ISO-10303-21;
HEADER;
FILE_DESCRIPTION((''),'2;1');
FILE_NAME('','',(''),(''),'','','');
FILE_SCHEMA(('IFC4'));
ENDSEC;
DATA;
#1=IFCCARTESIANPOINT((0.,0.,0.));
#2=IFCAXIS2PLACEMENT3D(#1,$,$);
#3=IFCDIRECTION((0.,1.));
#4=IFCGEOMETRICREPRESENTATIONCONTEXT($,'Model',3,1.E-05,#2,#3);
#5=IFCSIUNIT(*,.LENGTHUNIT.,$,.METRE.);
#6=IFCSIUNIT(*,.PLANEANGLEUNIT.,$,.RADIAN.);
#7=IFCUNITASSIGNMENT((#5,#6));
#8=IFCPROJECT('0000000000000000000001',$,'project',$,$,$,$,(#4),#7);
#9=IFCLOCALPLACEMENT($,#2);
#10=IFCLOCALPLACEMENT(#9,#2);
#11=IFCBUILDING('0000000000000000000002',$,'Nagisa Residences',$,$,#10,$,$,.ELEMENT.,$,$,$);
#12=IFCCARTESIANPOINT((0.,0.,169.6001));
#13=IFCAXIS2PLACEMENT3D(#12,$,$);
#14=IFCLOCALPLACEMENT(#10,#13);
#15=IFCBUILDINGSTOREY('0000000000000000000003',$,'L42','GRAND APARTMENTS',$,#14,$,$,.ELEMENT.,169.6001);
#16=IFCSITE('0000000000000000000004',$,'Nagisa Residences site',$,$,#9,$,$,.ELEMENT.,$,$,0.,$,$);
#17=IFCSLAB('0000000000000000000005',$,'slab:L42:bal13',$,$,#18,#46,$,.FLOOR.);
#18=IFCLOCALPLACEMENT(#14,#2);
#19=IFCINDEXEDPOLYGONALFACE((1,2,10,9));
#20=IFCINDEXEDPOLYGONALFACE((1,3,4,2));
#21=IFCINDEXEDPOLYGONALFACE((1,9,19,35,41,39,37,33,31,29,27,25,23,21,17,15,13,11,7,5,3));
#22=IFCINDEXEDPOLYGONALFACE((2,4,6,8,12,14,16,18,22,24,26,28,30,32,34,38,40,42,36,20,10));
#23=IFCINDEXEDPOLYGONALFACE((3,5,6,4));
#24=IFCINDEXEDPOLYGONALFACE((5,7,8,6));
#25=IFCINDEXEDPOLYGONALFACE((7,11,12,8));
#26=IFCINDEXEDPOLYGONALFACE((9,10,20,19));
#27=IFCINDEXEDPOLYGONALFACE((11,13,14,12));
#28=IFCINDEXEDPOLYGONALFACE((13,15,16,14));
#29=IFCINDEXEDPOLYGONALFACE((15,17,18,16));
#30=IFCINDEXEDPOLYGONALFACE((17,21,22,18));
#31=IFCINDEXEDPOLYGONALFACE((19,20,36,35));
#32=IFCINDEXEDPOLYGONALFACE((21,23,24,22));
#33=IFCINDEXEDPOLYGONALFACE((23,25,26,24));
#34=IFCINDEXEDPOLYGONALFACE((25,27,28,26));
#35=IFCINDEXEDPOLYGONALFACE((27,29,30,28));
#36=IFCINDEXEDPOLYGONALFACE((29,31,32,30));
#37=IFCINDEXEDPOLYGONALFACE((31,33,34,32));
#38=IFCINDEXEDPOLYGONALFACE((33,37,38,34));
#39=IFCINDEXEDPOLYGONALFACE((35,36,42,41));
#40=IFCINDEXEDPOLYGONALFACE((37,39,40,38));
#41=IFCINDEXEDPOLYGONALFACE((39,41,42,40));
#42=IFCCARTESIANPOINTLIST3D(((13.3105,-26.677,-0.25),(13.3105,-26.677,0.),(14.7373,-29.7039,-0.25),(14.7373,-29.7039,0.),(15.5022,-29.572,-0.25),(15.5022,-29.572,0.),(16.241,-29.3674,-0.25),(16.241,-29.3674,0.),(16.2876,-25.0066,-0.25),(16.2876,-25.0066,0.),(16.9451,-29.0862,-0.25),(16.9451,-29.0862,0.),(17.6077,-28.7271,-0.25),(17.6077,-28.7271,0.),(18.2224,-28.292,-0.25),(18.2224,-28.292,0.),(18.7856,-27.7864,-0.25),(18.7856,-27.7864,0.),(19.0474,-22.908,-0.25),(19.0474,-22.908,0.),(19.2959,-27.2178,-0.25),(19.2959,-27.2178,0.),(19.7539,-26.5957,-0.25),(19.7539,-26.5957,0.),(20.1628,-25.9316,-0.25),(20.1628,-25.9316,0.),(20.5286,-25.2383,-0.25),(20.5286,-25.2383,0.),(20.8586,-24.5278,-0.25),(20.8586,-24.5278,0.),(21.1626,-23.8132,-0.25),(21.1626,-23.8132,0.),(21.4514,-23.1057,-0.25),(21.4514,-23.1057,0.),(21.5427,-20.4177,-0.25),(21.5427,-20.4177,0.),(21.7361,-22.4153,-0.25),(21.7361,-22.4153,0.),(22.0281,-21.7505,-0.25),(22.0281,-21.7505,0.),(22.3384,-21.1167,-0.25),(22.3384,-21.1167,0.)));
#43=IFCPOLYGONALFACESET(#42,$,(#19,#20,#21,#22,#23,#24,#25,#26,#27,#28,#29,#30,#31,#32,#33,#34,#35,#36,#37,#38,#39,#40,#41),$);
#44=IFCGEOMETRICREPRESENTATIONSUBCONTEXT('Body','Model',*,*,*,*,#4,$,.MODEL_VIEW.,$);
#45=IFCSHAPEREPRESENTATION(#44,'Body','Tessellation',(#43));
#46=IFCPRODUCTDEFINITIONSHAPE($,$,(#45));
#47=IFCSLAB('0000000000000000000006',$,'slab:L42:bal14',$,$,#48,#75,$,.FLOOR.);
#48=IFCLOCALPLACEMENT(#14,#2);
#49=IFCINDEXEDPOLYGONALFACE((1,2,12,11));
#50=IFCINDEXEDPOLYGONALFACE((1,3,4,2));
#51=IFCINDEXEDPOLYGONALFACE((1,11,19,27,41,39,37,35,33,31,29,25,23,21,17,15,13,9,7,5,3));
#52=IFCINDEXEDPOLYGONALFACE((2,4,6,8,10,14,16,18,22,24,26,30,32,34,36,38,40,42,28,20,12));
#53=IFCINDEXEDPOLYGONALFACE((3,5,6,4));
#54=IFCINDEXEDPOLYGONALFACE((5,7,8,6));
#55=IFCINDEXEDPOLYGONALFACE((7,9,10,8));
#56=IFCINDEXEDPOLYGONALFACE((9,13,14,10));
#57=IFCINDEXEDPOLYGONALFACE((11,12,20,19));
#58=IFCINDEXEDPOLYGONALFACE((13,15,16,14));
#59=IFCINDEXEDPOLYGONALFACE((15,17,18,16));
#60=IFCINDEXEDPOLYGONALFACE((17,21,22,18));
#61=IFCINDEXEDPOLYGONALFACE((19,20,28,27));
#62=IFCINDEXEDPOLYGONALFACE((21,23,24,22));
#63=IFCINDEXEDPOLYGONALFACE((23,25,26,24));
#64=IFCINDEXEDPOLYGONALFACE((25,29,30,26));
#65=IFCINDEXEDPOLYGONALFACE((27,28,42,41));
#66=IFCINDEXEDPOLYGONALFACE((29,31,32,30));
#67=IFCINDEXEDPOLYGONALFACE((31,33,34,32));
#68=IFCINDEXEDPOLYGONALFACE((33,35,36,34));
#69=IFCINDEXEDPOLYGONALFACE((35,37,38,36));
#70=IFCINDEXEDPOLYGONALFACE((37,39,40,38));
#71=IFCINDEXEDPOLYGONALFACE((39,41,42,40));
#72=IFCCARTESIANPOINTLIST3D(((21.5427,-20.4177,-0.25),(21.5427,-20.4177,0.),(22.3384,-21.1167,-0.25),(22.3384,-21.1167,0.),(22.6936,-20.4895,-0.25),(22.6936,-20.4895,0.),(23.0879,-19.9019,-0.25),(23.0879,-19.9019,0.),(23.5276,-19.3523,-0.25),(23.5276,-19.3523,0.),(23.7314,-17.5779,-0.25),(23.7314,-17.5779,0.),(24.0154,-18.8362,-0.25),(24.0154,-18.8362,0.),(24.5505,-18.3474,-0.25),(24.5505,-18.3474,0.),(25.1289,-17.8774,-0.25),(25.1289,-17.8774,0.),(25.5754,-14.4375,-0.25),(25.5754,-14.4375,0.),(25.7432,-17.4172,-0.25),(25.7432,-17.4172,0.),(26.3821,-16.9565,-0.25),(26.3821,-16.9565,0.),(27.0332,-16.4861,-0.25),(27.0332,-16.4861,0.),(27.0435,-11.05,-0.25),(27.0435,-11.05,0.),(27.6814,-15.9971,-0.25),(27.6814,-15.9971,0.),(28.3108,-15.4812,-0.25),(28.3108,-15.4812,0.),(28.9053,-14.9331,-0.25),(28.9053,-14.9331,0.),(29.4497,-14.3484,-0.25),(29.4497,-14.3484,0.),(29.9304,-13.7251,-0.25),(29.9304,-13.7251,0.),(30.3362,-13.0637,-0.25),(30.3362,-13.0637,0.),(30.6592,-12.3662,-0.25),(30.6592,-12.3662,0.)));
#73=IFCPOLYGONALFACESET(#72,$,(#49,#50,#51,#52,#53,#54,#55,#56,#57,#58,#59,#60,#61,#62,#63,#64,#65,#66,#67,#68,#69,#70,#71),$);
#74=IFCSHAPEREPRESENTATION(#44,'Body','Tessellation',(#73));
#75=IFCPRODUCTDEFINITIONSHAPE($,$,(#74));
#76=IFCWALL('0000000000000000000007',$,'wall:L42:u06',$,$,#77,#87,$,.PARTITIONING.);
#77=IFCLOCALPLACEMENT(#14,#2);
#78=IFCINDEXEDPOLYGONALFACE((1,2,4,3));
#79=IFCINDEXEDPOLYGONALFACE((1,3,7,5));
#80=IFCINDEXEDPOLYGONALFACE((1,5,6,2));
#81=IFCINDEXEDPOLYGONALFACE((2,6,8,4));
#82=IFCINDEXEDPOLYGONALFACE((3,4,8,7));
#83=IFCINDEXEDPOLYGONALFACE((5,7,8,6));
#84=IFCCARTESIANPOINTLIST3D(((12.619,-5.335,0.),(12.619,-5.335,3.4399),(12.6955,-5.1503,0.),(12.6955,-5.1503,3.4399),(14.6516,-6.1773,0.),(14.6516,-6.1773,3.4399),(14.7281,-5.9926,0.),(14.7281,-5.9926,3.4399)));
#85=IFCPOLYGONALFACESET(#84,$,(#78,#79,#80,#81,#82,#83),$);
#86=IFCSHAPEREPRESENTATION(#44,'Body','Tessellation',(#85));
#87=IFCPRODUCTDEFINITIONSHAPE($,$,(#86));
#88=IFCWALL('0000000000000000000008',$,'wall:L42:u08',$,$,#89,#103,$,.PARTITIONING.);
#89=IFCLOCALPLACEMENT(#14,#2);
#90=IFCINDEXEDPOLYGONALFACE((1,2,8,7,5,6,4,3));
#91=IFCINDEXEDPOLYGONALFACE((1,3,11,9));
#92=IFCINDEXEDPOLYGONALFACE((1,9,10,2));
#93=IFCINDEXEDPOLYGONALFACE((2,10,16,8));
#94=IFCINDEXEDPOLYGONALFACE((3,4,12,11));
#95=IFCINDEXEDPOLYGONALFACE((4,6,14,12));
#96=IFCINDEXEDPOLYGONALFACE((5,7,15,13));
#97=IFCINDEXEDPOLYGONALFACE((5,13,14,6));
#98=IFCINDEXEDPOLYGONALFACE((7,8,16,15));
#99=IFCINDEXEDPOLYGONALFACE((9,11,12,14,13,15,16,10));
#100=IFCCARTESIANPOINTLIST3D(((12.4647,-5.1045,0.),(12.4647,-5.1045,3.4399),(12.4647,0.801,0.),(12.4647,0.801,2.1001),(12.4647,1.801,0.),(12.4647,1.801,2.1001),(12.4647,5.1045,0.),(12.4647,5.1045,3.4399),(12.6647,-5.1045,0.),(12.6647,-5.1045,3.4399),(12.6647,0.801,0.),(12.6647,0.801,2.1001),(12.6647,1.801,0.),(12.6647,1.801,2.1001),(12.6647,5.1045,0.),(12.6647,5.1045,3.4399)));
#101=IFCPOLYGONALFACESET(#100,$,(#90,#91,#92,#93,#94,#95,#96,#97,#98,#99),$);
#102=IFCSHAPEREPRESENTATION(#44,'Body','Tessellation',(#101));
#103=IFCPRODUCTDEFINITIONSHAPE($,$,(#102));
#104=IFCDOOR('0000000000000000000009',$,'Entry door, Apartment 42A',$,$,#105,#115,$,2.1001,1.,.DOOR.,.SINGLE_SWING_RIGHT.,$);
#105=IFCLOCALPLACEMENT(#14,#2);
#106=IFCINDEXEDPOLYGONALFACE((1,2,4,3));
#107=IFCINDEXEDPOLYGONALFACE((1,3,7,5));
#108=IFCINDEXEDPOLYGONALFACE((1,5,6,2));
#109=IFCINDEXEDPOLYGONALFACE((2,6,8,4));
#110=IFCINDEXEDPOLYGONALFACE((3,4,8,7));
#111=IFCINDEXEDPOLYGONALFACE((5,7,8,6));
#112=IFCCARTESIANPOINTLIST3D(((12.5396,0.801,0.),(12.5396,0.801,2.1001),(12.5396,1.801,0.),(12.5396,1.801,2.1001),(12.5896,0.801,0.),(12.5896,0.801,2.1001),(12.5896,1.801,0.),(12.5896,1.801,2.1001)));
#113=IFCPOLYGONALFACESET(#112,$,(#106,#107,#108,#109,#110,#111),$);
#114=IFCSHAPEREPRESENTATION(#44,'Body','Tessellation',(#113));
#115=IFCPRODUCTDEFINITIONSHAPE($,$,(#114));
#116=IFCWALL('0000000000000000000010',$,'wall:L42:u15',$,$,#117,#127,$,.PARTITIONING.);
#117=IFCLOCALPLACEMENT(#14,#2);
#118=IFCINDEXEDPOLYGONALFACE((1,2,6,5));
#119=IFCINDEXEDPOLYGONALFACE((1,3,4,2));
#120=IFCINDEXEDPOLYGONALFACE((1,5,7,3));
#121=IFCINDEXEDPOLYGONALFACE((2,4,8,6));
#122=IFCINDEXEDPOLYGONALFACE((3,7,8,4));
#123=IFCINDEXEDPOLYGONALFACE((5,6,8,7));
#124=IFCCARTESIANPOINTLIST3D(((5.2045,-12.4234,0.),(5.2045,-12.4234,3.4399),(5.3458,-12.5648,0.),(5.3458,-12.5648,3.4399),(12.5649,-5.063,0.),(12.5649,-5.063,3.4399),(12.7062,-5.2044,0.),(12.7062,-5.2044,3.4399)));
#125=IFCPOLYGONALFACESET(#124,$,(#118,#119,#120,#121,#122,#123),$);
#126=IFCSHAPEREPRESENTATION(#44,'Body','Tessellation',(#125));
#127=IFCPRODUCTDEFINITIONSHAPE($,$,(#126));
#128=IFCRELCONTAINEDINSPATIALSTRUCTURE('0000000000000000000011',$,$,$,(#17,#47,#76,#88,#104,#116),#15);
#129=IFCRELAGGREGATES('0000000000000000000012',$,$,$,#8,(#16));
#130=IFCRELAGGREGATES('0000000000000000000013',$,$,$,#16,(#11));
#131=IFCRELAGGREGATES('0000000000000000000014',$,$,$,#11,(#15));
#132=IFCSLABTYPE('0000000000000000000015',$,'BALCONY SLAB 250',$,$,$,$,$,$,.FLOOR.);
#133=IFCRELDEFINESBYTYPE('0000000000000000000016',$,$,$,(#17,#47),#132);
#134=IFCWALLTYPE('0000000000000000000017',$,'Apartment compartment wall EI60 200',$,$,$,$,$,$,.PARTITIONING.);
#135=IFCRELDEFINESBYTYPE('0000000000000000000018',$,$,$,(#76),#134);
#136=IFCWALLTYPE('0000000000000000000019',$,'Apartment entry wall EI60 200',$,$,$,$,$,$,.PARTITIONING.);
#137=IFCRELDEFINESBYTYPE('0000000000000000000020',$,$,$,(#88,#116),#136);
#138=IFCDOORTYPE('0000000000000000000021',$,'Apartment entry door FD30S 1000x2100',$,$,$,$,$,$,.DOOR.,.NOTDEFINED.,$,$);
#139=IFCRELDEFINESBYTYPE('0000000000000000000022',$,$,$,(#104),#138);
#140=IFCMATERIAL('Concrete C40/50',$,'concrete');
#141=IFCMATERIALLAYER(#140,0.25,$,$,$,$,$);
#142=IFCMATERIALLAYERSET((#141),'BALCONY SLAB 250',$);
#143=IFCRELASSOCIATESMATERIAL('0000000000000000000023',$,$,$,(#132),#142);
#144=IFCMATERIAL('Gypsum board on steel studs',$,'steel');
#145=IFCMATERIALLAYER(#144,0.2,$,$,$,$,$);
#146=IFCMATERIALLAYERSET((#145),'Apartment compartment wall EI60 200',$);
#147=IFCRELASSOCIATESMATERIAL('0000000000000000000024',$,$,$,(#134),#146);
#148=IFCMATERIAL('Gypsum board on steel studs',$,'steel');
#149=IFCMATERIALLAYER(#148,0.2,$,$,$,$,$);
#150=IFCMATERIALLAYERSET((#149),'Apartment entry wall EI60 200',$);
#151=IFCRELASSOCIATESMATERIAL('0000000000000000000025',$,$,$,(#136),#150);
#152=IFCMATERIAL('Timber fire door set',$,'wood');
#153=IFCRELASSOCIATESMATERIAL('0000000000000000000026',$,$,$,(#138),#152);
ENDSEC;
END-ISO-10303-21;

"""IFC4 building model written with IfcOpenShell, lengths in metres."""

from ifc_helpers import new_model, si_unit, direction, frame, frame_2d, origin, place, context, subcontext, project, spatial, polyline, rectangle, outline, extrude, material, layer, layer_set, type_object, element, fill, save


model = new_model("IFC4")

# Units and contexts
model_context = context("Model", 3, precision=1e-05, world=origin(), true_north=direction((0.0, 1.0)))
body_context = subcontext(model_context, "Body", "Model", "MODEL_VIEW")
ifc_project = project(units=[si_unit("LENGTHUNIT", "METRE"), si_unit("PLANEANGLEUNIT", "RADIAN")], contexts=[model_context])

# Site, building, storey
site_placement = place(None, origin())
site = spatial("IfcSite", under=ifc_project, at=site_placement, Name="Nagisa Residences site", CompositionType="ELEMENT", RefElevation=0.0)
building_placement = place(site_placement, origin())
building = spatial("IfcBuilding", under=site, at=building_placement, Name="Nagisa Residences", CompositionType="ELEMENT")
storey_placement = place(building_placement, frame((0.0, 0.0, 169.6001)))
storey = spatial("IfcBuildingStorey", under=building, at=storey_placement, Name="L42", Description="GRAND APARTMENTS", CompositionType="ELEMENT", Elevation=169.6001)

# Slabs
ifc_material_1 = material(Name="Concrete C40/50", Category="concrete")
ifc_layer_1 = layer(ifc_material_1, 0.25)
ifc_layer_set_1 = layer_set([ifc_layer_1], Name="BALCONY SLAB 250")
slab_type = type_object("IfcSlabType", Name="BALCONY SLAB 250", PredefinedType="FLOOR", material=ifc_layer_set_1)
slab_1_placement = place(storey_placement, frame((0.0, 0.0, -0.25)))
element("IfcSlab", 1, at=slab_1_placement, inside=storey, type_object=slab_type, Name="slab:L42:bal13", PredefinedType="FLOOR", context=body_context, shape_type="SweptSolid", body=[
    extrude(outline(polyline([(14.7373, -29.7039), (15.5022, -29.572), (16.241, -29.3674), (16.9451, -29.0862), (17.6077, -28.7271), (18.2224, -28.292), (18.7856, -27.7864), (19.2959, -27.2178), (19.7539, -26.5957), (20.1628, -25.9316), (20.5286, -25.2383), (20.8586, -24.5278), (21.1626, -23.8132), (21.4514, -23.1057), (21.7361, -22.4153), (22.0281, -21.7505), (22.3384, -21.1167), (21.5427, -20.4177), (19.0474, -22.908), (16.2876, -25.0066), (13.3105, -26.677), (14.7373, -29.7039)])), origin(), (0.0, 0.0, 1.0), 0.25),
])
slab_2_placement = place(storey_placement, frame((0.0, 0.0, -0.25)))
element("IfcSlab", 2, at=slab_2_placement, inside=storey, type_object=slab_type, Name="slab:L42:bal14", PredefinedType="FLOOR", context=body_context, shape_type="SweptSolid", body=[
    extrude(outline(polyline([(22.3384, -21.1167), (22.6936, -20.4895), (23.0879, -19.9019), (23.5276, -19.3523), (24.0154, -18.8362), (24.5505, -18.3474), (25.1289, -17.8774), (25.7432, -17.4172), (26.3821, -16.9565), (27.0332, -16.4861), (27.6814, -15.9971), (28.3108, -15.4812), (28.9053, -14.9331), (29.4497, -14.3484), (29.9304, -13.7251), (30.3362, -13.0637), (30.6592, -12.3662), (27.0435, -11.05), (25.5754, -14.4375), (23.7314, -17.5779), (21.5427, -20.4177), (22.3384, -21.1167)])), origin(), (0.0, 0.0, 1.0), 0.25),
])

# Wall
ifc_material_2 = material(Name="Gypsum board on steel studs", Category="steel")
ifc_layer_2 = layer(ifc_material_2, 0.2)
ifc_layer_set_2 = layer_set([ifc_layer_2], Name="Apartment compartment wall EI60 200")
wall_type_1 = type_object("IfcWallType", Name="Apartment compartment wall EI60 200", PredefinedType="PARTITIONING", material=ifc_layer_set_2)
wall_1_placement = place(storey_placement, frame((12.6572, -5.2427, 0.0), z_axis=(0.0, 0.0, 1.0), x_axis=(0.92383, -0.382803, 0.0)))
element("IfcWall", 3, at=wall_1_placement, inside=storey, type_object=wall_type_1, Name="wall:L42:u06", PredefinedType="PARTITIONING", context=body_context, shape_type="SweptSolid", body=[
    extrude(rectangle(XDim=2.2002, YDim=0.2, at=frame_2d((1.1001, 0.0))), origin(), (0.0, 0.0, 1.0), 3.4399),
])

# Wall, opening, door
ifc_material_3 = material(Name="Gypsum board on steel studs", Category="steel")
ifc_layer_3 = layer(ifc_material_3, 0.2)
ifc_layer_set_3 = layer_set([ifc_layer_3], Name="Apartment entry wall EI60 200")
wall_type_2 = type_object("IfcWallType", Name="Apartment entry wall EI60 200", PredefinedType="PARTITIONING", material=ifc_layer_set_3)
wall_2_placement = place(storey_placement, frame((12.5647, -5.1045, 0.0), z_axis=(0.0, 0.0, 1.0), x_axis=(0.0, 1.0, 0.0)))
wall_2 = element("IfcWall", 4, at=wall_2_placement, inside=storey, type_object=wall_type_2, Name="wall:L42:u08", PredefinedType="PARTITIONING", context=body_context, shape_type="SweptSolid", body=[
    extrude(rectangle(XDim=10.209, YDim=0.2, at=frame_2d((5.1045, 0.0))), origin(), (0.0, 0.0, 1.0), 3.4399),
])
opening_1_placement = place(wall_2_placement, frame((5.9055, 0.0, 0.0)))
opening_1 = element("IfcOpeningElement", 5, at=opening_1_placement, cuts=wall_2, PredefinedType="OPENING", context=body_context, shape_type="SweptSolid", body=[
    extrude(rectangle(XDim=1.0, YDim=2.1001, at=frame_2d((0.5, 1.05))), frame((0.0, 0.1099, 0.0), z_axis=(0.0, -1.0, 0.0), x_axis=(1.0, 0.0, 0.0)), (0.0, 0.0, 1.0), 0.22),
])
ifc_material_4 = material(Name="Timber fire door set", Category="wood")
door_type_1 = type_object("IfcDoorType", Name="Apartment entry door FD30S 1000x2100", OperationType="NOTDEFINED", PredefinedType="DOOR", material=ifc_material_4)
door_1_placement = place(opening_1_placement, frame((1.0, 0.0, 0.0), x_axis=(-1.0, 0.0, 0.0)))
door_1 = element("IfcDoor", 6, at=door_1_placement, inside=storey, type_object=door_type_1, Name="Entry door, Apartment 42A", OperationType="SINGLE_SWING_RIGHT", OverallHeight=2.1001, OverallWidth=1.0, PredefinedType="DOOR", context=body_context, shape_type="SweptSolid", body=[
    extrude(rectangle(XDim=1.0, YDim=2.1001, at=frame_2d((0.5, 1.05))), frame((0.0, 0.0249, 0.0), z_axis=(0.0, -1.0, 0.0), x_axis=(1.0, 0.0, 0.0)), (0.0, 0.0, 1.0), 0.05),
])
fill(opening_1, door_1)

# Wall
wall_3_placement = place(storey_placement, frame((5.2751, -12.4941, 0.0), z_axis=(0.0, 0.0, 1.0), x_axis=(0.707107, 0.707107, 0.0)))
element("IfcWall", 7, at=wall_3_placement, inside=storey, type_object=wall_type_2, Name="wall:L42:u15", PredefinedType="PARTITIONING", context=body_context, shape_type="SweptSolid", body=[
    extrude(rectangle(XDim=10.4092, YDim=0.2, at=frame_2d((5.2046, 0.0))), origin(), (0.0, 0.0, 1.0), 3.4399),
])

save(model, "model.ifc")
